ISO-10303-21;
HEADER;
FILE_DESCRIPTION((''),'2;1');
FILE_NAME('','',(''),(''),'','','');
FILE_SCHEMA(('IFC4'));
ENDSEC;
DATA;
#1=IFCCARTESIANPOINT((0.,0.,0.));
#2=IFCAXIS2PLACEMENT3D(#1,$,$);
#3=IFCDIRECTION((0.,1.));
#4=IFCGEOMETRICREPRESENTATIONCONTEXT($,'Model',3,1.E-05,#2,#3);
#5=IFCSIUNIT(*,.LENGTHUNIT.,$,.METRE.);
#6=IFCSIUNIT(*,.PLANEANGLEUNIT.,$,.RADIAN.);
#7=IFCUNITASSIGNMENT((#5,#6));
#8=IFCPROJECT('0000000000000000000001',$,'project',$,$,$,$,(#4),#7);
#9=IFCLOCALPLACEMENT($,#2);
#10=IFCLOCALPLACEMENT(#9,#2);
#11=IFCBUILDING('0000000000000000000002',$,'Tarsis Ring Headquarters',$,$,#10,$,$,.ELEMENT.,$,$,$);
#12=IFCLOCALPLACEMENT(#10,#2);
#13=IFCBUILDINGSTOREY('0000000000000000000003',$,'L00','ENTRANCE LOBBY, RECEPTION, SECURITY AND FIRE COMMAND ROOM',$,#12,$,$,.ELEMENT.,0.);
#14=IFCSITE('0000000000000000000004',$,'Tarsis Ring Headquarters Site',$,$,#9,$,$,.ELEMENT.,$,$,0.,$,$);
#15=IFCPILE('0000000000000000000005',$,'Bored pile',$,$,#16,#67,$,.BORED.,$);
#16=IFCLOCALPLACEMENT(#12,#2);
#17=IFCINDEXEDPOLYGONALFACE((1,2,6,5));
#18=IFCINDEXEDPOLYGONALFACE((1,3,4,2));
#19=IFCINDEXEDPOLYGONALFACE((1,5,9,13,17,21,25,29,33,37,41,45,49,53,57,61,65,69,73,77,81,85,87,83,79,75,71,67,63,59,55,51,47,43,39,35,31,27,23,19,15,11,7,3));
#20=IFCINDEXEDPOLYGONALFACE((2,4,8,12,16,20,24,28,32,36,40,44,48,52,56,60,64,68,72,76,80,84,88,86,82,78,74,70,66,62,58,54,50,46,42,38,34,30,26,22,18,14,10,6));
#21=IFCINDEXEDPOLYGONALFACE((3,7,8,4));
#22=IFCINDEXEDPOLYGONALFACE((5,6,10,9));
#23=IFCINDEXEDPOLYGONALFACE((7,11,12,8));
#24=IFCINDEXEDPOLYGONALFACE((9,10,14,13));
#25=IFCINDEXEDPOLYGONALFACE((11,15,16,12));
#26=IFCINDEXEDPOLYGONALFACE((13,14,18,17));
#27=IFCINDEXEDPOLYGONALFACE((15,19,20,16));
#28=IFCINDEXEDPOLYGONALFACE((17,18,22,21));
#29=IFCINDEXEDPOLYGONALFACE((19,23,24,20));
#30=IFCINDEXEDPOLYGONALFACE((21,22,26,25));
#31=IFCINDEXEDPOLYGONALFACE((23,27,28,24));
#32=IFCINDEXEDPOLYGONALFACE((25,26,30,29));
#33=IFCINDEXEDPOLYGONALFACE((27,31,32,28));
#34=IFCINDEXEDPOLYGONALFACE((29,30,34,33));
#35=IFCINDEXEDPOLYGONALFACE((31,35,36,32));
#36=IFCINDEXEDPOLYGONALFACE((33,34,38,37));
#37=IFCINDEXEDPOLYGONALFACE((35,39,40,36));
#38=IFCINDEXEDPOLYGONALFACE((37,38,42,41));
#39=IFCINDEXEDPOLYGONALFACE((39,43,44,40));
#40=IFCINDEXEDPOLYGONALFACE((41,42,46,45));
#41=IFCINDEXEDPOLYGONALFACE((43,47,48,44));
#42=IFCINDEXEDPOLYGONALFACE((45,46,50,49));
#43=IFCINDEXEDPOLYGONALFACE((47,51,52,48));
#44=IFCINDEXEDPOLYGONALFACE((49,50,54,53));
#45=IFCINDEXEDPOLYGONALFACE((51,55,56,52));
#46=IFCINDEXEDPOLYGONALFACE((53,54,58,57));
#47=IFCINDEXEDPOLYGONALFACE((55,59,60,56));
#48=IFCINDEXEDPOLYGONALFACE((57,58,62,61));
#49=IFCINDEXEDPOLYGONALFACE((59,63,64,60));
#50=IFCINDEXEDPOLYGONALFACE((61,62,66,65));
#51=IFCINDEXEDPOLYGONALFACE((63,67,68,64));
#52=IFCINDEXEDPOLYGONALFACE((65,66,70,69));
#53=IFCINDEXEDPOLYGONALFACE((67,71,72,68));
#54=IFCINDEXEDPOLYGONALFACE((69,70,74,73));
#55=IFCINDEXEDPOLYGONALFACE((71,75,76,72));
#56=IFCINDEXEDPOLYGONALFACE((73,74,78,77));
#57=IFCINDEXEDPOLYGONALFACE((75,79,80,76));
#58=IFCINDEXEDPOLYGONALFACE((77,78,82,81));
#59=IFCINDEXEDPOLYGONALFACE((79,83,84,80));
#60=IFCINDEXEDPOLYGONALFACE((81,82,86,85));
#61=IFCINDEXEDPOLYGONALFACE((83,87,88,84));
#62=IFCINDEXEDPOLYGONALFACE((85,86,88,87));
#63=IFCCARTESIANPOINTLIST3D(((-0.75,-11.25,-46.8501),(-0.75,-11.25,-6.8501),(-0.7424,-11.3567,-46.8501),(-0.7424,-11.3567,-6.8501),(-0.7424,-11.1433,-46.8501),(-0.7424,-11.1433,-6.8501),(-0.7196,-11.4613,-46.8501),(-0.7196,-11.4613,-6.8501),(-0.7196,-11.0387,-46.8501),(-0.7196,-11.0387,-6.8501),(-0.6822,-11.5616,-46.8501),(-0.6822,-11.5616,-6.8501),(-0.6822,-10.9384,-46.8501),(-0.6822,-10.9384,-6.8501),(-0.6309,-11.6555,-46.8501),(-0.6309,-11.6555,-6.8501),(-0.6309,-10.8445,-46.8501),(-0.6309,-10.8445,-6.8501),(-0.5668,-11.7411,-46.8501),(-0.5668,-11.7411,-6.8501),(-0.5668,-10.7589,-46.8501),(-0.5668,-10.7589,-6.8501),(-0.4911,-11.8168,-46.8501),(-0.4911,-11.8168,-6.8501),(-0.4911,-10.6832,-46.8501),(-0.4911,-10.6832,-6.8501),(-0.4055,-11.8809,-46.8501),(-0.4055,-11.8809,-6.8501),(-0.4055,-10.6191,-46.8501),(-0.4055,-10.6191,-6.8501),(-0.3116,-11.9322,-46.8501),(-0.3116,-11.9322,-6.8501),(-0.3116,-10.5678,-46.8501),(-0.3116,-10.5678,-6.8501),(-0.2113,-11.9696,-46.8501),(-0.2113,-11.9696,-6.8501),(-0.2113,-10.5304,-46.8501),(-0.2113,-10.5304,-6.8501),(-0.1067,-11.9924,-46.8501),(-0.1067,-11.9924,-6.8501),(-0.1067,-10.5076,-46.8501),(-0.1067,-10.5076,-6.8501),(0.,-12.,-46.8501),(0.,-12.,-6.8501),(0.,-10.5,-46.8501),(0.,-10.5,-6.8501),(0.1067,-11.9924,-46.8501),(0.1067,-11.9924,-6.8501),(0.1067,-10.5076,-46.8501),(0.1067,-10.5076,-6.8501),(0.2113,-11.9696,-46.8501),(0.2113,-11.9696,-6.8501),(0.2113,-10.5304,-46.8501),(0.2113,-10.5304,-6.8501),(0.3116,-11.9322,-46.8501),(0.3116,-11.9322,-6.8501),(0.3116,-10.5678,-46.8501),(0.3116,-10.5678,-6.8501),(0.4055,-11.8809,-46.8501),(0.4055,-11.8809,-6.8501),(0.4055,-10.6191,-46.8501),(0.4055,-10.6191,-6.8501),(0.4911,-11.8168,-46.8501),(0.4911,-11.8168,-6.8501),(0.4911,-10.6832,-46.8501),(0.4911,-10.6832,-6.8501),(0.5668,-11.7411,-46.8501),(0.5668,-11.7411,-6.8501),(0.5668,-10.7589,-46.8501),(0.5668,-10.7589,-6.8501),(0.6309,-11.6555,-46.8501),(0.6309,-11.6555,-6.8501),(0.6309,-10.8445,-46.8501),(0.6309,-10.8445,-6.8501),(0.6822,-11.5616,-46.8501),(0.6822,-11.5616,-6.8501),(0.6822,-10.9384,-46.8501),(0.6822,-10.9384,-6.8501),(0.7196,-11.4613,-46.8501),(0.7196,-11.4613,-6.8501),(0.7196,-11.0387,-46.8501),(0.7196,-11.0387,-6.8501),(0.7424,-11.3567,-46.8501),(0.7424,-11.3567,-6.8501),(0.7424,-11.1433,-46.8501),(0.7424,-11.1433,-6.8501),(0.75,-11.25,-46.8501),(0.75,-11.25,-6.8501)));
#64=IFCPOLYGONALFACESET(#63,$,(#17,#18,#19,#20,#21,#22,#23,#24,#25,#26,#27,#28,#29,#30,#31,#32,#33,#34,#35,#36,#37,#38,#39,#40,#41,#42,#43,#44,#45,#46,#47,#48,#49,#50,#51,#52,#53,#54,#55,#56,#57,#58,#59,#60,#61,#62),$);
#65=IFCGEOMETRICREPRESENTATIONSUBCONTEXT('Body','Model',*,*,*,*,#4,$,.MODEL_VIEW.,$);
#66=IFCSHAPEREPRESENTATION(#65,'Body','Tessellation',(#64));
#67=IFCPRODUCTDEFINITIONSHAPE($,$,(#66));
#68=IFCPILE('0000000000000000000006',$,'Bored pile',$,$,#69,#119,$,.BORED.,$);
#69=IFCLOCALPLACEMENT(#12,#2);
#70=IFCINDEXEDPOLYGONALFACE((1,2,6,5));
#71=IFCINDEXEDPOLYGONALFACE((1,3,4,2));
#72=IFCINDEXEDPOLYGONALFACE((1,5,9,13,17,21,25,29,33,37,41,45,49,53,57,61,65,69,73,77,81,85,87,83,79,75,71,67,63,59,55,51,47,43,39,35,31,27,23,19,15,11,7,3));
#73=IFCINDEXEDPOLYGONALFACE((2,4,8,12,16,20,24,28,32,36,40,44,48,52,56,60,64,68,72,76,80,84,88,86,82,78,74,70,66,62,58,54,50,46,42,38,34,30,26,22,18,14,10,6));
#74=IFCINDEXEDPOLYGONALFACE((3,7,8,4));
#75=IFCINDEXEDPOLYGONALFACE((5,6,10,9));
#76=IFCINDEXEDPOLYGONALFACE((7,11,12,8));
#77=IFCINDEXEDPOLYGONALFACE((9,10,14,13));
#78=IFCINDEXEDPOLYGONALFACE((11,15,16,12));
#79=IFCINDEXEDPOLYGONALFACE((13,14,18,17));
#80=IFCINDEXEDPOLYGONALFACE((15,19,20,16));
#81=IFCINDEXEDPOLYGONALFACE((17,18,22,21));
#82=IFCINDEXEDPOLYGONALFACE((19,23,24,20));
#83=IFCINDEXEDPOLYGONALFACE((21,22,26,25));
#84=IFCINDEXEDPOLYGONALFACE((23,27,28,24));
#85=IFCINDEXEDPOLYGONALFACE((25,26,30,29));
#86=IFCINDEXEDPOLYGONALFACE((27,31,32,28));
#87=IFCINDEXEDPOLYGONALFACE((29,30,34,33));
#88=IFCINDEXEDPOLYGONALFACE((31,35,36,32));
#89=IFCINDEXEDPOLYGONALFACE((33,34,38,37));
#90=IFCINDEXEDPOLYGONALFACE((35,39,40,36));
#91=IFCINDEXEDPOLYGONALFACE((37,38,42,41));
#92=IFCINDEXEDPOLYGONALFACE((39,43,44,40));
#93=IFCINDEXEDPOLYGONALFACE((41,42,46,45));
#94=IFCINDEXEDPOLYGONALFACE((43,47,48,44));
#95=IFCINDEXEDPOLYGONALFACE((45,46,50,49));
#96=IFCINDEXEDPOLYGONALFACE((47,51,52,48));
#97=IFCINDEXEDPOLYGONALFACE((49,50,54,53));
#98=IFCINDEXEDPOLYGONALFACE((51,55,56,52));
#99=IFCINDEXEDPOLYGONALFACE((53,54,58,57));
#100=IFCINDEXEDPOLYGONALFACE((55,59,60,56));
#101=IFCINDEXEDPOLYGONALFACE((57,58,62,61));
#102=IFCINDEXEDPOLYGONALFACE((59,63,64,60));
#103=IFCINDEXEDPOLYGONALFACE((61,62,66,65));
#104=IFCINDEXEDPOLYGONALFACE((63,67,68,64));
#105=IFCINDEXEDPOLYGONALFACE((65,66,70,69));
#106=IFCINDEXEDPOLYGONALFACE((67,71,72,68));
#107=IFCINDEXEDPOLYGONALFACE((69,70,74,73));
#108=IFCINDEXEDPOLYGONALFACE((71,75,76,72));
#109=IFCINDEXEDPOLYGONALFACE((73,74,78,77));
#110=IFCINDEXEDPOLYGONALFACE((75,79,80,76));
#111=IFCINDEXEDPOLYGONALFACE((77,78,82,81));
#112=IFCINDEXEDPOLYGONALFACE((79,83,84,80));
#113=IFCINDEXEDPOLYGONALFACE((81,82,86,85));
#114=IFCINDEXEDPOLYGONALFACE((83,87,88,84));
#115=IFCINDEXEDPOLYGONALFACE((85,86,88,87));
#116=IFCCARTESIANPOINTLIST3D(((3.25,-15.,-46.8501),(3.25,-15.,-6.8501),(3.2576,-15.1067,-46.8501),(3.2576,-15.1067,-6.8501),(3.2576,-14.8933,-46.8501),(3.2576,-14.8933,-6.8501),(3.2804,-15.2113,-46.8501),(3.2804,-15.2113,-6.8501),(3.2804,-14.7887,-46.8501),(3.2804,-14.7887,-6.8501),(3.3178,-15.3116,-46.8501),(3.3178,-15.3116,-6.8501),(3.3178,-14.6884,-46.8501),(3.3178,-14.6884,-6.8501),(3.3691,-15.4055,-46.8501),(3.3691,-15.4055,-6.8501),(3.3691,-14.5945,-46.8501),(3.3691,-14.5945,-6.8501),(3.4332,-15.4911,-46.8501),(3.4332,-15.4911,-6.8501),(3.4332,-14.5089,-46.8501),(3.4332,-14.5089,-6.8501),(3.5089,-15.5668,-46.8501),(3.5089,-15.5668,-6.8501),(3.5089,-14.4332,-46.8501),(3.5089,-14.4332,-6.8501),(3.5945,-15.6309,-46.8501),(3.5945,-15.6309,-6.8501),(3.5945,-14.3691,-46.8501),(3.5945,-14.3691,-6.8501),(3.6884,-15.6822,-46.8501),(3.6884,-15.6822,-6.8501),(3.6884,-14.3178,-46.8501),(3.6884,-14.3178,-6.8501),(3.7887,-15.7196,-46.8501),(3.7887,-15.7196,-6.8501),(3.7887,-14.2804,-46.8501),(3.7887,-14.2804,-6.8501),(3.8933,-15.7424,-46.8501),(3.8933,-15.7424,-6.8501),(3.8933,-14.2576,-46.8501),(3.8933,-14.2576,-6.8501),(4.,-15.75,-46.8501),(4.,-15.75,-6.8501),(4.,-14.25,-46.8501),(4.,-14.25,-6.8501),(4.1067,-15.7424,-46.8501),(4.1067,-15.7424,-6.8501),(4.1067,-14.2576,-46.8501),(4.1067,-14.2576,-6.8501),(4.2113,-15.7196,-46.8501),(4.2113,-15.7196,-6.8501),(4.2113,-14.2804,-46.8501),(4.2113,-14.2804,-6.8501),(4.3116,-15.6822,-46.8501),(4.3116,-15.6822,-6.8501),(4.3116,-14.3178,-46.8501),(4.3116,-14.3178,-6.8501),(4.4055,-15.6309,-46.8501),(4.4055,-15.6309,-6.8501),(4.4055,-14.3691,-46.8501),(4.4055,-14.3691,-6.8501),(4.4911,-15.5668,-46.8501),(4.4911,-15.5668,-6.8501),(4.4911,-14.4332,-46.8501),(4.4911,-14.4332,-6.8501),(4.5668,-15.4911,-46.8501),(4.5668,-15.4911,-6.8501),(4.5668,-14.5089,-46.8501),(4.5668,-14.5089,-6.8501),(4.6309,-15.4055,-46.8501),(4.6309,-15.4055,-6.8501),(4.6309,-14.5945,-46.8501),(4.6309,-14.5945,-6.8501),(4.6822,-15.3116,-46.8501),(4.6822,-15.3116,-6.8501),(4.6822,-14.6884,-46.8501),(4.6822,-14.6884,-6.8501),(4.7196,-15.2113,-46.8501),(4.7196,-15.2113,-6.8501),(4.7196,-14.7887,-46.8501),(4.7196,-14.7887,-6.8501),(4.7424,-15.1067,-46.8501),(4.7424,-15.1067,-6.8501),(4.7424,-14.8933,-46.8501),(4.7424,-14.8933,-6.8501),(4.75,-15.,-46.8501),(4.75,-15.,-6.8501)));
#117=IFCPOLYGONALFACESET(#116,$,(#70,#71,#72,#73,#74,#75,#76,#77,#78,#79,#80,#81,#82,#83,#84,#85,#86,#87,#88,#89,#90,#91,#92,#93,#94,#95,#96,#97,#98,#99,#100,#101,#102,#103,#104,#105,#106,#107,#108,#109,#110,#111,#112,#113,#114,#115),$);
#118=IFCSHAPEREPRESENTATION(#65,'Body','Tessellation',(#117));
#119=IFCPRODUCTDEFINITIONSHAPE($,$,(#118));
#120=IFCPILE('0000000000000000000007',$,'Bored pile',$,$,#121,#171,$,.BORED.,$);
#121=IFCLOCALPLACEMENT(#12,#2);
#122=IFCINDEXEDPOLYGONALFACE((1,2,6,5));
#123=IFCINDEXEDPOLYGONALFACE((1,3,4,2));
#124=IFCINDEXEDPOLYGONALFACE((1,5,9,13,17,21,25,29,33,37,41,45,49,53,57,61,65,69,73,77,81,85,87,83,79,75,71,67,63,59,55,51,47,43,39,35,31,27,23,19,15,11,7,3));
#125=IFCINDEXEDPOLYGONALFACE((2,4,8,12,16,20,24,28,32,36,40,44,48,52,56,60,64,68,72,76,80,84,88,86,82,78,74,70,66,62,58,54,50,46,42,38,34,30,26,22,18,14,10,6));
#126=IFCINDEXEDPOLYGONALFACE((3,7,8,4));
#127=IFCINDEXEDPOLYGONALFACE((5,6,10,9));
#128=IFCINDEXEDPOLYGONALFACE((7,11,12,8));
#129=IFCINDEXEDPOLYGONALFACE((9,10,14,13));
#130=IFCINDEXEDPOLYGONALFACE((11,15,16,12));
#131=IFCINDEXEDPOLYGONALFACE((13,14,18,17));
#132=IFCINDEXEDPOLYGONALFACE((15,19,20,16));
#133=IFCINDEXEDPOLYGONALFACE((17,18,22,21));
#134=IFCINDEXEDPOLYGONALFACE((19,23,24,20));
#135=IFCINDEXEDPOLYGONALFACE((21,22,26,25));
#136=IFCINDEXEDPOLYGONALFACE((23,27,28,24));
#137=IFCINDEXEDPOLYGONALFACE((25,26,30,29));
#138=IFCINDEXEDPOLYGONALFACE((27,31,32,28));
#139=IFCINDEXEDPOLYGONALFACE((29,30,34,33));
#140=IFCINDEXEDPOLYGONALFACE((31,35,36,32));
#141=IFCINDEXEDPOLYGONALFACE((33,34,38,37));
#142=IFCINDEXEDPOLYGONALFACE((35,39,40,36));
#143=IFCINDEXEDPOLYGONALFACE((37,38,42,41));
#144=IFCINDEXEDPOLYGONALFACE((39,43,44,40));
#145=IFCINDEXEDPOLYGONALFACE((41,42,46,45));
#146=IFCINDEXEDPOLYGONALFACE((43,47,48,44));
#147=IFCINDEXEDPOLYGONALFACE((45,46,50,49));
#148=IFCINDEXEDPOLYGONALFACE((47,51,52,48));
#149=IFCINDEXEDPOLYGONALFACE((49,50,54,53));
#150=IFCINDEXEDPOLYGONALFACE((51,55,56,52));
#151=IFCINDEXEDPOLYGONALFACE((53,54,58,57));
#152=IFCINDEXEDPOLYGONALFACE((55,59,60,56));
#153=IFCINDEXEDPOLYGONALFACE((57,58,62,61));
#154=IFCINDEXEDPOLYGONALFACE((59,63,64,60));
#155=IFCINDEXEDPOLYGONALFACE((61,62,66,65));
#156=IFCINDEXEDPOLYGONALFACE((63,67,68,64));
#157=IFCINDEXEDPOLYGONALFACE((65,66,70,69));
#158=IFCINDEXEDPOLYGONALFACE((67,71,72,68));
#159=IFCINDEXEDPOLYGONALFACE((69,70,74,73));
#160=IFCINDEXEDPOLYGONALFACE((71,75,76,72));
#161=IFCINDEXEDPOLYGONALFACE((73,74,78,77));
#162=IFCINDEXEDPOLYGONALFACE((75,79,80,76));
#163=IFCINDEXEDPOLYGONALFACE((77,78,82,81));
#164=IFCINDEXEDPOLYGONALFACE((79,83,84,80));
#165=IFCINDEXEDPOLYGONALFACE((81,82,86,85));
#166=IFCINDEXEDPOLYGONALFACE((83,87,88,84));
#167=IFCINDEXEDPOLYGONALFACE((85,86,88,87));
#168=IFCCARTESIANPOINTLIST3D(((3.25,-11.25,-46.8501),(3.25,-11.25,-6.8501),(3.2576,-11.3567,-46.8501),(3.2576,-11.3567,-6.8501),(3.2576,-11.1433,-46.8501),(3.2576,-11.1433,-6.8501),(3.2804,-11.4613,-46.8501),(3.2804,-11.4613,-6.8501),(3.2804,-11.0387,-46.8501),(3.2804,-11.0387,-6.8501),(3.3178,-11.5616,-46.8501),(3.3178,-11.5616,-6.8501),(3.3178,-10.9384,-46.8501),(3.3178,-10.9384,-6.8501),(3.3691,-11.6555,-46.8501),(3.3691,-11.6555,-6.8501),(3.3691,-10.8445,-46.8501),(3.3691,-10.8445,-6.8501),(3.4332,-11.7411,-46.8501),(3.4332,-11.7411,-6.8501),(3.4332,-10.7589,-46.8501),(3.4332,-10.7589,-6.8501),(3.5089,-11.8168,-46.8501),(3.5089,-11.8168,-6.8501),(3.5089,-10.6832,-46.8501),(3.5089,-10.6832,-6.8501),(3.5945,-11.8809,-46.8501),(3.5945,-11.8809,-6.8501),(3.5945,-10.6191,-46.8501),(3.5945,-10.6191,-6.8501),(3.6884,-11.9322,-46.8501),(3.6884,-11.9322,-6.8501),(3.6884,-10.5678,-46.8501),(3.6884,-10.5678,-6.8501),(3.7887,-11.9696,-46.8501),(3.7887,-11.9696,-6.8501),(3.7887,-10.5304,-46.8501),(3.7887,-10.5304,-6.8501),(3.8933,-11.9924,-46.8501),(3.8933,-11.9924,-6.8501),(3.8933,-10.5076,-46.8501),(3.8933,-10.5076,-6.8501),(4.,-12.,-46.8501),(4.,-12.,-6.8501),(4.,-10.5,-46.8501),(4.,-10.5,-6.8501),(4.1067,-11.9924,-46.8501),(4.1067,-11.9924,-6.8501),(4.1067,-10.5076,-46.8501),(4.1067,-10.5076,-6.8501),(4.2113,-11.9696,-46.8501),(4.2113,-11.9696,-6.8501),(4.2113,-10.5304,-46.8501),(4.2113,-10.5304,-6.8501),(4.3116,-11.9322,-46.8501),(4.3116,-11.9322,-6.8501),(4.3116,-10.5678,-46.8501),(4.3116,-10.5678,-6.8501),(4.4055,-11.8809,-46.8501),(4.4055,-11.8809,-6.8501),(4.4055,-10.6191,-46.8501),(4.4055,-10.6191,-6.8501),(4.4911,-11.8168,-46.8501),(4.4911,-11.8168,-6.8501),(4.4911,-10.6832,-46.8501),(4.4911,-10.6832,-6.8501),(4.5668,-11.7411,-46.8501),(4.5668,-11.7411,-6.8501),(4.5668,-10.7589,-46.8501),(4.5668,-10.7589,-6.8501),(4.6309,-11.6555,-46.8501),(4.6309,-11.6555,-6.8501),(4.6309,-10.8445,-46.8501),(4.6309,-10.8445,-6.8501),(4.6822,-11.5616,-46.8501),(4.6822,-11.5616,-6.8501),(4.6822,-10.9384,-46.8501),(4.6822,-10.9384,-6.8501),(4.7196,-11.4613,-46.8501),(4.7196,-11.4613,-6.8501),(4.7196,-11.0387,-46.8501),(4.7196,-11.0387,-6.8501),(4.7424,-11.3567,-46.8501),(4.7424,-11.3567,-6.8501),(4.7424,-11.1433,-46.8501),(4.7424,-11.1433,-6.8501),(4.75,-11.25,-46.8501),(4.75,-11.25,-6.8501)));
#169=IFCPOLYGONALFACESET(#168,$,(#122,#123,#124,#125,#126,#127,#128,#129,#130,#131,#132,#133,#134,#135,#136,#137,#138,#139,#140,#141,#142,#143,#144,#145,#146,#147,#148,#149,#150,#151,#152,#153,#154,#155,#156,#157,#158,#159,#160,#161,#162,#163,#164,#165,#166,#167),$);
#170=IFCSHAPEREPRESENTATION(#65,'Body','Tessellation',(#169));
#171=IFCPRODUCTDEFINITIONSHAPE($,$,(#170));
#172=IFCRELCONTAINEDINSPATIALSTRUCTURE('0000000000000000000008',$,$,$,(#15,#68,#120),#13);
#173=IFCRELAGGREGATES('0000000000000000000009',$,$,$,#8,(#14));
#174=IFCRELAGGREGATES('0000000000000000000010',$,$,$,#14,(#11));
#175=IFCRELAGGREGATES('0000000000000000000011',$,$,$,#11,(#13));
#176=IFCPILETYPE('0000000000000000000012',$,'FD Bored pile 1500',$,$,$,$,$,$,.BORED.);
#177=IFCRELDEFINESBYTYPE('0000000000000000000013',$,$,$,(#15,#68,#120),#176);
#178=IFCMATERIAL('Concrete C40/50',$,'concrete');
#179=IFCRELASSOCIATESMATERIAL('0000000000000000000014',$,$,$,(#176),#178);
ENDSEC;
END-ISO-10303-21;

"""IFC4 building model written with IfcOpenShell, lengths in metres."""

from ifc_helpers import new_model, si_unit, direction, frame, origin, origin_2d, place, context, subcontext, project, spatial, circle, extrude, material, material_profile, profile_set, type_object, element, save


model = new_model("IFC4")

# Units and contexts
model_context = context("Model", 3, precision=1e-05, world=origin(), true_north=direction((0.0, 1.0)))
body_context = subcontext(model_context, "Body", "Model", "MODEL_VIEW")
ifc_project = project(units=[si_unit("LENGTHUNIT", "METRE"), si_unit("PLANEANGLEUNIT", "RADIAN")], contexts=[model_context])

# Site, building, storey
site_placement = place(None, origin())
site = spatial("IfcSite", under=ifc_project, at=site_placement, Name="Tarsis Ring Headquarters Site", CompositionType="ELEMENT", RefElevation=0.0)
building_placement = place(site_placement, origin())
building = spatial("IfcBuilding", under=site, at=building_placement, Name="Tarsis Ring Headquarters", CompositionType="ELEMENT")
storey_placement = place(building_placement, origin())
storey = spatial("IfcBuildingStorey", under=building, at=storey_placement, Name="L00", Description="ENTRANCE LOBBY, RECEPTION, SECURITY AND FIRE COMMAND ROOM", CompositionType="ELEMENT", Elevation=0.0)

# Piles
ifc_material_1 = material(Name="Concrete C40/50", Category="concrete")
ifc_material_profile = material_profile(ifc_material_1, circle(Radius=0.75, at=origin_2d()), Name="BORED 1500")
ifc_profile_set = profile_set([ifc_material_profile], Name="Concrete C40/50")
pile_type = type_object("IfcPileType", Name="FD Bored pile 1500", PredefinedType="BORED", material=ifc_profile_set)
for number, where, z_axis, x_axis, name in (
    (1, (0.0, -11.25, -6.8501), (0.0, 0.0, -1.0), (1.0, 0.0, 0.0), "Bored pile"),
    (2, (4.0, -15.0, -6.8501), (0.0, 0.0, -1.0), (1.0, 0.0, 0.0), "Bored pile"),
    (3, (4.0, -11.25, -6.8501), (0.0, 0.0, -1.0), (1.0, 0.0, 0.0), "Bored pile"),
):
    element("IfcPile", number, at=place(storey_placement, frame(where, z_axis=z_axis, x_axis=x_axis)), inside=storey, type_object=pile_type, Name=name, PredefinedType="BORED", context=body_context, shape_type="SweptSolid", body=[
        extrude(circle(Radius=0.75, at=origin_2d()), origin(), (0.0, 0.0, 1.0), 40.0),
    ])

save(model, "model.ifc")
